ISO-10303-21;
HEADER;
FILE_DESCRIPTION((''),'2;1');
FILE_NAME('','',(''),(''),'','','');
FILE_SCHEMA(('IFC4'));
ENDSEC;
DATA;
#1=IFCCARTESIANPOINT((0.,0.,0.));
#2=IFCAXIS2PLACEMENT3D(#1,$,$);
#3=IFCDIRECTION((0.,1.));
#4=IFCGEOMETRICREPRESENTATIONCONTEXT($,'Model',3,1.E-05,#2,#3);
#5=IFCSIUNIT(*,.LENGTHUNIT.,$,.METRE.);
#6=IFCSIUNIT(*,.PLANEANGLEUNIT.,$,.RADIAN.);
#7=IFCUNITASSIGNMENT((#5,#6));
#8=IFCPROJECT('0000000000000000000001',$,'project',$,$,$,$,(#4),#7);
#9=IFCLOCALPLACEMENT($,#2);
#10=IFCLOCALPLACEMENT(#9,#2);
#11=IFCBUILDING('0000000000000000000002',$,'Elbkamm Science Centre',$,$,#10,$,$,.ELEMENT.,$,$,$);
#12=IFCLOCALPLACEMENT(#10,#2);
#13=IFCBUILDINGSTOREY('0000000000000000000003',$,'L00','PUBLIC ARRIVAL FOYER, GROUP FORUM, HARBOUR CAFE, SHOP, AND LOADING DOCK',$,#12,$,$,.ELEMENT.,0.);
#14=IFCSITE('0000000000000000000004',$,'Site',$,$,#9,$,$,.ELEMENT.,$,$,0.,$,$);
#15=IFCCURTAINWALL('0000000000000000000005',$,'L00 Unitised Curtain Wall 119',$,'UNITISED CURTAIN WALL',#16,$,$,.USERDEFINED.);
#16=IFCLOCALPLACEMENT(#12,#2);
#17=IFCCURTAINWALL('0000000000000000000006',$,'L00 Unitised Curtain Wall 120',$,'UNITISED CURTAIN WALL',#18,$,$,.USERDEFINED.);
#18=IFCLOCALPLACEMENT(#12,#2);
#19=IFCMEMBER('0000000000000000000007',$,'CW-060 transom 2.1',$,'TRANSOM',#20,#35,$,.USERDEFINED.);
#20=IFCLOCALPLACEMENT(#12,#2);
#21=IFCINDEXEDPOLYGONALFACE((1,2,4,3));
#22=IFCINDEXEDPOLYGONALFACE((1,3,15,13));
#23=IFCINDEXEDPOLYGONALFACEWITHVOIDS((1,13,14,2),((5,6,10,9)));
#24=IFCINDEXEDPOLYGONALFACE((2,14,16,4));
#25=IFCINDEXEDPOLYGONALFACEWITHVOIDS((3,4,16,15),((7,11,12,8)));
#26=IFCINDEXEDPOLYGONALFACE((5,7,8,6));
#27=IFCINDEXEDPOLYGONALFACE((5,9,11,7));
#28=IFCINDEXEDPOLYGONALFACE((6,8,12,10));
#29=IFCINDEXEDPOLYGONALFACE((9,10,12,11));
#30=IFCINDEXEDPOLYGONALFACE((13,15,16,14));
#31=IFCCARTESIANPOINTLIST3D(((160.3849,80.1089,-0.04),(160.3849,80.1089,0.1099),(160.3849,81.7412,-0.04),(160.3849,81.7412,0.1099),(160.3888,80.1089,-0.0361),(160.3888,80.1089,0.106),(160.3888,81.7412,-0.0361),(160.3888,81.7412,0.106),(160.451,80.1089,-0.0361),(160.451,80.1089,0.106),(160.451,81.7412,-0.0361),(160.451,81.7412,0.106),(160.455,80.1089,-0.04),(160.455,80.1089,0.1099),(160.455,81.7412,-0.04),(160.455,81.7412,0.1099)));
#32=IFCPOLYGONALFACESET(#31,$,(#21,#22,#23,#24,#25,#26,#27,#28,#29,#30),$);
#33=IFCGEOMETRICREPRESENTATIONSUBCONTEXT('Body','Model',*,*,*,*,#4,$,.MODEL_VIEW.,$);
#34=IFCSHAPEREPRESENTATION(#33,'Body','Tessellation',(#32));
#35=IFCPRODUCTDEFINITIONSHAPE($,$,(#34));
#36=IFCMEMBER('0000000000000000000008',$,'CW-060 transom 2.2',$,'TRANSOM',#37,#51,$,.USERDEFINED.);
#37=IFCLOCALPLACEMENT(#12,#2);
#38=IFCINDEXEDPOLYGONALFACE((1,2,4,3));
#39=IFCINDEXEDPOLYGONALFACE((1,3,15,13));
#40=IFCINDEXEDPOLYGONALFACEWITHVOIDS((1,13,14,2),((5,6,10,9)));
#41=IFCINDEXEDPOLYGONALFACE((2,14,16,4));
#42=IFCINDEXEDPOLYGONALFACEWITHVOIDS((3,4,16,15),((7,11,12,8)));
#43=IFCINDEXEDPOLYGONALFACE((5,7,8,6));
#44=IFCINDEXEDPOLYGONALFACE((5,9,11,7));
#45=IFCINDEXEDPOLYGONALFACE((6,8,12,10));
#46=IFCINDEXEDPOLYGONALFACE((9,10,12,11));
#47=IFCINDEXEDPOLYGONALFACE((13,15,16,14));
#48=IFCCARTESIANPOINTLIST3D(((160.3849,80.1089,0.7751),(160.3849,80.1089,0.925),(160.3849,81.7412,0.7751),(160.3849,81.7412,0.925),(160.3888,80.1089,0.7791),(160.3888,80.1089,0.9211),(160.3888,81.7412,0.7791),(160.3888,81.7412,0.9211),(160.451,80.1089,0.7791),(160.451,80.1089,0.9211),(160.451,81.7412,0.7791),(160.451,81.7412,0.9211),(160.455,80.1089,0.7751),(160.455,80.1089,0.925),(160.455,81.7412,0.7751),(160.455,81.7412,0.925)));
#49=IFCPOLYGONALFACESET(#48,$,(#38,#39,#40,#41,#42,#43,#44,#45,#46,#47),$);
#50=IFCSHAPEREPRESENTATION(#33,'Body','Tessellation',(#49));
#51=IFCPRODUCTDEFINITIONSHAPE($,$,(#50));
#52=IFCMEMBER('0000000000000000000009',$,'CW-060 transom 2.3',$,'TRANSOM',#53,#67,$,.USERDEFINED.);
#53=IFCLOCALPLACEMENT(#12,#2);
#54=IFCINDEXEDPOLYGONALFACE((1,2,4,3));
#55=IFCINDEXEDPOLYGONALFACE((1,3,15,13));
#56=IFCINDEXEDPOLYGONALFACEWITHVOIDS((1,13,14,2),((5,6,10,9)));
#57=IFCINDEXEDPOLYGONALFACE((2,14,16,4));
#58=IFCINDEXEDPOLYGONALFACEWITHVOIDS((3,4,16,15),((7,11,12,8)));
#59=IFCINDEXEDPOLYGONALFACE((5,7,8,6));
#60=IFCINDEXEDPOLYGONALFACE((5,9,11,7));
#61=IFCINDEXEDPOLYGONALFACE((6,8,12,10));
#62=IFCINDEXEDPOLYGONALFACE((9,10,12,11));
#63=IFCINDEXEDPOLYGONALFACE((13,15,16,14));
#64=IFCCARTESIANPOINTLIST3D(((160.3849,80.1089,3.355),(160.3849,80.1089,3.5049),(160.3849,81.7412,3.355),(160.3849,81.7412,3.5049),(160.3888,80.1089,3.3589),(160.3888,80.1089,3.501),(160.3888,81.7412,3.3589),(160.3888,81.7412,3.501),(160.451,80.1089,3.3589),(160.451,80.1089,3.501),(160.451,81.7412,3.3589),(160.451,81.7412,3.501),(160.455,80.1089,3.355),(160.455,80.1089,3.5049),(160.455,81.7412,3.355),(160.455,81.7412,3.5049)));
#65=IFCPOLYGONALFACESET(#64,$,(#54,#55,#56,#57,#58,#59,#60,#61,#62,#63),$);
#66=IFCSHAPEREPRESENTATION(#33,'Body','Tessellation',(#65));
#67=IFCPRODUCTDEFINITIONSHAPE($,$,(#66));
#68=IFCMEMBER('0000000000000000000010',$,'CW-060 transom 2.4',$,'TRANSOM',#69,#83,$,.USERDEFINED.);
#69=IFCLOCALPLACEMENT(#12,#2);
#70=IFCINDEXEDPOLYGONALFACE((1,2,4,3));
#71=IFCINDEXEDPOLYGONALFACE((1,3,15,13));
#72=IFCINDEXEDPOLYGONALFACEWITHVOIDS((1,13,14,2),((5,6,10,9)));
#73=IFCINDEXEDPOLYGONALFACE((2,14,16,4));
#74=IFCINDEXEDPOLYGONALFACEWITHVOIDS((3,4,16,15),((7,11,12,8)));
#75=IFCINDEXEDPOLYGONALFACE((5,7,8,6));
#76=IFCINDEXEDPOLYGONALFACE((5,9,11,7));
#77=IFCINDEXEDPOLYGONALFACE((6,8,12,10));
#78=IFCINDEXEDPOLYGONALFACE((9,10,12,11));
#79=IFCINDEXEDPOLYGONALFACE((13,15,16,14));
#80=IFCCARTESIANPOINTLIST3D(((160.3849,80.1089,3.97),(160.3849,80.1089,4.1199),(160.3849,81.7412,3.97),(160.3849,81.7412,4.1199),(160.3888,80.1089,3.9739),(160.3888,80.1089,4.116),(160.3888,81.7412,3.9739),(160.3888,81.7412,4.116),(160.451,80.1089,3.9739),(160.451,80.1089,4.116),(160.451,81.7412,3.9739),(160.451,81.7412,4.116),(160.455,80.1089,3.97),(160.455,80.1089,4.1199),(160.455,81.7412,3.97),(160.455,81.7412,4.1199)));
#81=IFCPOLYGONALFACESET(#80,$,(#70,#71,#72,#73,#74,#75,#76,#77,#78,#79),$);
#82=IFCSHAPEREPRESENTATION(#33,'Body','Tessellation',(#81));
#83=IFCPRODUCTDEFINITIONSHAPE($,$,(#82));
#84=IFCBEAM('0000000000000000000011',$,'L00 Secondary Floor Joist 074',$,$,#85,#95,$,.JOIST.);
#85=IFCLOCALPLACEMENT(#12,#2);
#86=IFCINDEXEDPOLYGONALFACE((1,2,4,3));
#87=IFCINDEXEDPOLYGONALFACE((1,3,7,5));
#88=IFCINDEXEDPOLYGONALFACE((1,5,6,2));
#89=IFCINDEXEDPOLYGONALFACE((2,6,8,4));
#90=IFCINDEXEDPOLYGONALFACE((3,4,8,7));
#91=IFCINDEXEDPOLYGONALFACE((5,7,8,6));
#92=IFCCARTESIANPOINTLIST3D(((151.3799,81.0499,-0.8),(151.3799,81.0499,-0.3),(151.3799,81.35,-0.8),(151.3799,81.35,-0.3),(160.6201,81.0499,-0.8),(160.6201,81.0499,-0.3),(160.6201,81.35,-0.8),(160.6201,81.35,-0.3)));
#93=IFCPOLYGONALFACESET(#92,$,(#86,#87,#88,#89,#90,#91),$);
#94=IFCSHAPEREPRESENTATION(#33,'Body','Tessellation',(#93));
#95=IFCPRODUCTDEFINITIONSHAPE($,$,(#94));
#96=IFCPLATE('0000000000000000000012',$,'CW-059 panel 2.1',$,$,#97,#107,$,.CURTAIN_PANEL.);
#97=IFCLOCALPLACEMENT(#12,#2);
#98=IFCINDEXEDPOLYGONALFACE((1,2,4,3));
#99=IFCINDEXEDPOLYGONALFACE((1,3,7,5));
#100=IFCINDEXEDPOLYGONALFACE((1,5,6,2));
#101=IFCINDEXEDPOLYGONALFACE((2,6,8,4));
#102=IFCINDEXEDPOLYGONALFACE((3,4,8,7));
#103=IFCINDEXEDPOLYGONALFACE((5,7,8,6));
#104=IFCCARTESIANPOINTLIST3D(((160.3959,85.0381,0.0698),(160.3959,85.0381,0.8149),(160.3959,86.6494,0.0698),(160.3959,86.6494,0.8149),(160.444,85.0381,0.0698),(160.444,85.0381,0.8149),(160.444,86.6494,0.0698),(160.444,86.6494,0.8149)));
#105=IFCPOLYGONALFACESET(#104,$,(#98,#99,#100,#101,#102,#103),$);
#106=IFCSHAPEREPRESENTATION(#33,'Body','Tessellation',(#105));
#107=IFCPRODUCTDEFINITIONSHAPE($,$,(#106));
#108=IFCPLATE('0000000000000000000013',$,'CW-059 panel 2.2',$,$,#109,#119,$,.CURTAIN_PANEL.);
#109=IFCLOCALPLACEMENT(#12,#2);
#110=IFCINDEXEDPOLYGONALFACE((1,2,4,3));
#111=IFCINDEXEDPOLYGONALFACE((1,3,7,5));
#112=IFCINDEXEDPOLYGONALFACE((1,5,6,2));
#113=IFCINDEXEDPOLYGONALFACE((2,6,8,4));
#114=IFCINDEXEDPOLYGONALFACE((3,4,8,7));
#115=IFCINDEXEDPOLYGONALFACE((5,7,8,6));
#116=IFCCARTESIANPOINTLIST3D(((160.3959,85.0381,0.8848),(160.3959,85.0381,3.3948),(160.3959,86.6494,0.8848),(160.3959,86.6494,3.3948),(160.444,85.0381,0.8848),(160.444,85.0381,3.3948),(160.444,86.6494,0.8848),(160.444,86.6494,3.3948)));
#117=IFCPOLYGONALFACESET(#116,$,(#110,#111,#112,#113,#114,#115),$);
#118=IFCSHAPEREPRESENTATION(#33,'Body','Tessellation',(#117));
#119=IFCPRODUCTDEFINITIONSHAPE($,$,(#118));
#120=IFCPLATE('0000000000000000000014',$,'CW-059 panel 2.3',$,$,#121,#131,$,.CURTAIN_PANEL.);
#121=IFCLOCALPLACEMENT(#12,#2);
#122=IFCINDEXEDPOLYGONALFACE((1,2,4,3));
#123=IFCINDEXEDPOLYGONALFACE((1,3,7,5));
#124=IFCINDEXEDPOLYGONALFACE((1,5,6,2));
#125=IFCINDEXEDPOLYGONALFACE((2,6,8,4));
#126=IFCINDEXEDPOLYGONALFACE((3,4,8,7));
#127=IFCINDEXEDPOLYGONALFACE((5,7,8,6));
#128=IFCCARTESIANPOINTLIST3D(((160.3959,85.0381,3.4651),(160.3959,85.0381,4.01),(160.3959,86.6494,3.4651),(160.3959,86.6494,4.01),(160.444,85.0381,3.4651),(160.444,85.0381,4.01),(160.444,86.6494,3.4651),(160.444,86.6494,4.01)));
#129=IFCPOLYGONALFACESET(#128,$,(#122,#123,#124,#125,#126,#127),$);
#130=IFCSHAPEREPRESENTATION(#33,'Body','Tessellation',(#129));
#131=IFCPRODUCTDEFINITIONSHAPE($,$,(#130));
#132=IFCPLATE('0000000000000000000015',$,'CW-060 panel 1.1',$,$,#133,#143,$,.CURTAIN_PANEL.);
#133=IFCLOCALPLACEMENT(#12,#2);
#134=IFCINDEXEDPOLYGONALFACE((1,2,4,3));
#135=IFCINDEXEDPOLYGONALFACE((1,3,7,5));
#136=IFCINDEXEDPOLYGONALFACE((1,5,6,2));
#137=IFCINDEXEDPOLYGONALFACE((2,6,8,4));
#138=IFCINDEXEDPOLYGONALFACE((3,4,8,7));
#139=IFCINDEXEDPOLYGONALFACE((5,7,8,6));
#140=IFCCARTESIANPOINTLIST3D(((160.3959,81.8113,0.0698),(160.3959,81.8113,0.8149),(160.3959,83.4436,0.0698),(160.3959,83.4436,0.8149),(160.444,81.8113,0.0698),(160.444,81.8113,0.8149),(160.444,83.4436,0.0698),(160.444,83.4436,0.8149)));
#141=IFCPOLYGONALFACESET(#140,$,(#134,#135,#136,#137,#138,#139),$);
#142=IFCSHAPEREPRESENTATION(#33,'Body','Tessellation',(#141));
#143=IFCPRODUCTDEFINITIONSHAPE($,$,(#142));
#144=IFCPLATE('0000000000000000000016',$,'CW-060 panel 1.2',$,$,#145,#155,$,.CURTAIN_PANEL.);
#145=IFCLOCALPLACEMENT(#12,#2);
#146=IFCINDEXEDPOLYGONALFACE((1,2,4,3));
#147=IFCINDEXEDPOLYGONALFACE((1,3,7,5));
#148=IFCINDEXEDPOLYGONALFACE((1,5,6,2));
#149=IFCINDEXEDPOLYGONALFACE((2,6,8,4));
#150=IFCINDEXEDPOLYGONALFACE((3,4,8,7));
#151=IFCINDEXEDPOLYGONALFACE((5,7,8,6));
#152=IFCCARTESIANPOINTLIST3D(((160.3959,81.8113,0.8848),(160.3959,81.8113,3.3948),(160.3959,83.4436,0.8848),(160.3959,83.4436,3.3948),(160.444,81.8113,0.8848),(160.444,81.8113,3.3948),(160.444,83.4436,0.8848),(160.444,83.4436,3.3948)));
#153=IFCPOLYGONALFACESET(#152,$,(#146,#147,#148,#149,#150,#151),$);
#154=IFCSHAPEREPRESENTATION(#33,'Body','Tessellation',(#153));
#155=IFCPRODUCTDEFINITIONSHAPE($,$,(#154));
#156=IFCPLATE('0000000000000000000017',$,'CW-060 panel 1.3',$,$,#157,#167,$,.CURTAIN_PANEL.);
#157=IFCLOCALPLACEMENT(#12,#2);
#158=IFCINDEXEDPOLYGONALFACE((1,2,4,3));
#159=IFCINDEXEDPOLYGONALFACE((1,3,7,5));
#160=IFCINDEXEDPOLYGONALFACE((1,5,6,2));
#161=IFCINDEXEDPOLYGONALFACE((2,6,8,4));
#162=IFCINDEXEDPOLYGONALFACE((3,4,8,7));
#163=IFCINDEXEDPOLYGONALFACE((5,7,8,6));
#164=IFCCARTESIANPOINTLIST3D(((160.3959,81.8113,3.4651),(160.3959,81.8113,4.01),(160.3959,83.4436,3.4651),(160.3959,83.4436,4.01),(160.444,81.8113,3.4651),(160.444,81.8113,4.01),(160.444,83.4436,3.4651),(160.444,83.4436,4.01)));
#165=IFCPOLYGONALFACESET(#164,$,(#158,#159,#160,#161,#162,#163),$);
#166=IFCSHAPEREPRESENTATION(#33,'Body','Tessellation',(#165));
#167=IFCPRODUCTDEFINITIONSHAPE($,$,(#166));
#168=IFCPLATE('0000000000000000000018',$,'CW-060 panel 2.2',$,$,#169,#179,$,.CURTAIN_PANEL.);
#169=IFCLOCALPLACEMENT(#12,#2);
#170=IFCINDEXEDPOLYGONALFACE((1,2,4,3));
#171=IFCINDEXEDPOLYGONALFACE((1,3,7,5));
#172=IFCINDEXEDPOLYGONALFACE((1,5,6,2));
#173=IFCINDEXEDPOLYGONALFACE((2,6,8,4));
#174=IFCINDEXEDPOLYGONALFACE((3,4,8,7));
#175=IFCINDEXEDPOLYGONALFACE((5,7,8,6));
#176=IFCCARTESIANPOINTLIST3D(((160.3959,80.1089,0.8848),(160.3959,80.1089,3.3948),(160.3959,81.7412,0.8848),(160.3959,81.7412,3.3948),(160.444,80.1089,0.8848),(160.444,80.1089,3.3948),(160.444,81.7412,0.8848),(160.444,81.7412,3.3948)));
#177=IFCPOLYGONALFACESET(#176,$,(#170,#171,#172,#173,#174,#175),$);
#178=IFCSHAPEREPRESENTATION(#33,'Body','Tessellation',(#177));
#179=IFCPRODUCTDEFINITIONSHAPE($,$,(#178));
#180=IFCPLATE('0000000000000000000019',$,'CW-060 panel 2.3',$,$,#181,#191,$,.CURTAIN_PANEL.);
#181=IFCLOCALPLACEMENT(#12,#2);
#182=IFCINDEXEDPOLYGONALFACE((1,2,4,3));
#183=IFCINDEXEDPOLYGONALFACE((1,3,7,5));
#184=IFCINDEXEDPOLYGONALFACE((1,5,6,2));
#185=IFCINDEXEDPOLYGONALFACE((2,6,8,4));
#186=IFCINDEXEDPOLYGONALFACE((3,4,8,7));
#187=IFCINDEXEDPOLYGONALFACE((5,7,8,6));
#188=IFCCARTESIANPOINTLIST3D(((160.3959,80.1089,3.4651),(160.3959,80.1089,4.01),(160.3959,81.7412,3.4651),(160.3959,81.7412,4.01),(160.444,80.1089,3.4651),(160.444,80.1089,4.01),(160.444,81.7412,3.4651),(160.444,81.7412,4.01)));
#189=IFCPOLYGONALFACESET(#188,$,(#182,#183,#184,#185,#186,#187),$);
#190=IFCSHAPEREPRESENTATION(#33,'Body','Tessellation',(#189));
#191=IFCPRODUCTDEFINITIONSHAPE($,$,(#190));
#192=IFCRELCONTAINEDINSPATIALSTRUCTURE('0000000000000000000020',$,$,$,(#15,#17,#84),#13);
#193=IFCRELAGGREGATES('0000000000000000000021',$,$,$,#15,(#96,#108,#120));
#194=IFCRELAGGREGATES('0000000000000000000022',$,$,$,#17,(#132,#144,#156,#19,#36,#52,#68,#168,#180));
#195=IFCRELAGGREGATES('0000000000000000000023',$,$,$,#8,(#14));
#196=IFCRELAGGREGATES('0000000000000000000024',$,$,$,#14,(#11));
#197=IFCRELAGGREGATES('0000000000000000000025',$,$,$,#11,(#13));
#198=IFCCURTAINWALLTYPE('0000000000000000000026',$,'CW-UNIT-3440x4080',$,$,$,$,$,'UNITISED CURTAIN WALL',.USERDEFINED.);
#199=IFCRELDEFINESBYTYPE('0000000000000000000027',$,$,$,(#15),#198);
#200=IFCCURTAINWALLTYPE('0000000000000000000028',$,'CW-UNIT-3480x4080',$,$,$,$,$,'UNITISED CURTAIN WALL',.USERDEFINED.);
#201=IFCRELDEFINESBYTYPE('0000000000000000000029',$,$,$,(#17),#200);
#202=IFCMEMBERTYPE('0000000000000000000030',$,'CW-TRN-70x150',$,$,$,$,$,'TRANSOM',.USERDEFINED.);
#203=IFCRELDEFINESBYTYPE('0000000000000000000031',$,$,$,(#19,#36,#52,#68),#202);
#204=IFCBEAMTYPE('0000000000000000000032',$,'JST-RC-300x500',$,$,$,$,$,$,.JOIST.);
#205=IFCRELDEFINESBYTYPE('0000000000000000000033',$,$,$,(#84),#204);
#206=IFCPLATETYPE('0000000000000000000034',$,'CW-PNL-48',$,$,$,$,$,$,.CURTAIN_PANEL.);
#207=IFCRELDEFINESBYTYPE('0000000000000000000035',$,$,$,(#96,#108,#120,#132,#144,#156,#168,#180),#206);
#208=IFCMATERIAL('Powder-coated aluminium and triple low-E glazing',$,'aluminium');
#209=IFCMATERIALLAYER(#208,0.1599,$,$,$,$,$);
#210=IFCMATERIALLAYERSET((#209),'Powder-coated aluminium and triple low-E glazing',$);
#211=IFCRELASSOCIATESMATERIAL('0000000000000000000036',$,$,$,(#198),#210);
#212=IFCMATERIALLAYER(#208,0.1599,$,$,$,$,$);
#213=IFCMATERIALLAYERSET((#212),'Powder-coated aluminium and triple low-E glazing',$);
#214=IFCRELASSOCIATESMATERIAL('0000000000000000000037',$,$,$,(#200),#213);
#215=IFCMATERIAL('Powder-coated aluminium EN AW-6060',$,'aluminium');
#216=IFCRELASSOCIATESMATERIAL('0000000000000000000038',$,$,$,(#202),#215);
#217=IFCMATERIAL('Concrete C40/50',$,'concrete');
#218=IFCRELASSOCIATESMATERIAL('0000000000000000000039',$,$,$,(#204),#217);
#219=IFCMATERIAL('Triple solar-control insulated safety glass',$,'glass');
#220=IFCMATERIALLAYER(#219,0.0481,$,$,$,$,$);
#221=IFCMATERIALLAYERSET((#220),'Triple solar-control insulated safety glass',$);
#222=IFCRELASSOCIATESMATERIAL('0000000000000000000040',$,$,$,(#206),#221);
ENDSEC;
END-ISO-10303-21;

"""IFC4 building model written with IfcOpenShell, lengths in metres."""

from ifc_helpers import new_model, si_unit, direction, frame, origin, origin_2d, place, context, subcontext, project, spatial, rectangle, hollow_rectangle, extrude, material, layer, layer_set, material_profile, profile_set, type_object, element, aggregate, save


model = new_model("IFC4")

# Units and contexts
model_context = context("Model", 3, precision=1e-05, world=origin(), true_north=direction((0.0, 1.0)))
body_context = subcontext(model_context, "Body", "Model", "MODEL_VIEW")
ifc_project = project(units=[si_unit("LENGTHUNIT", "METRE"), si_unit("PLANEANGLEUNIT", "RADIAN")], contexts=[model_context])

# Site, building, storey
site_placement = place(None, origin())
site = spatial("IfcSite", under=ifc_project, at=site_placement, Name="Site", CompositionType="ELEMENT", RefElevation=0.0)
building_placement = place(site_placement, origin())
building = spatial("IfcBuilding", under=site, at=building_placement, Name="Elbkamm Science Centre", CompositionType="ELEMENT")
storey_placement = place(building_placement, origin())
storey = spatial("IfcBuildingStorey", under=building, at=storey_placement, Name="L00", Description="PUBLIC ARRIVAL FOYER, GROUP FORUM, HARBOUR CAFE, SHOP, AND LOADING DOCK", CompositionType="ELEMENT", Elevation=0.0)

# Shared definitions
ifc_material_1 = material(Name="Concrete C40/50", Category="concrete")

# Curtain wall
ifc_material_2 = material(Name="Powder-coated aluminium and triple low-E glazing", Category="aluminium")
ifc_layer_1 = layer(ifc_material_2, 0.1599)
ifc_layer_set_1 = layer_set([ifc_layer_1], Name="Powder-coated aluminium and triple low-E glazing")
curtain_wall_type_1 = type_object("IfcCurtainWallType", Name="CW-UNIT-3440x4080", ElementType="UNITISED CURTAIN WALL", PredefinedType="USERDEFINED", material=ifc_layer_set_1)
curtain_wall_1_placement = place(storey_placement, origin())
curtain_wall_1 = element("IfcCurtainWall", 1, at=curtain_wall_1_placement, inside=storey, type_object=curtain_wall_type_1, Name="L00 Unitised Curtain Wall 119", ObjectType="UNITISED CURTAIN WALL", PredefinedType="USERDEFINED")
ifc_material_3 = material(Name="Powder-coated aluminium EN AW-6060", Category="aluminium")

# Curtain wall, members
ifc_layer_2 = layer(ifc_material_2, 0.1599)
ifc_layer_set_2 = layer_set([ifc_layer_2], Name="Powder-coated aluminium and triple low-E glazing")
curtain_wall_type_2 = type_object("IfcCurtainWallType", Name="CW-UNIT-3480x4080", ElementType="UNITISED CURTAIN WALL", PredefinedType="USERDEFINED", material=ifc_layer_set_2)
curtain_wall_2_placement = place(storey_placement, origin())
curtain_wall_2 = element("IfcCurtainWall", 2, at=curtain_wall_2_placement, inside=storey, type_object=curtain_wall_type_2, Name="L00 Unitised Curtain Wall 120", ObjectType="UNITISED CURTAIN WALL", PredefinedType="USERDEFINED")
ifc_material_profile_1 = material_profile(ifc_material_3, hollow_rectangle(XDim=0.0701, YDim=0.1499, WallThickness=0.0039, at=origin_2d()), Name="ALU T70x150")
ifc_profile_set_1 = profile_set([ifc_material_profile_1], Name="Powder-coated aluminium EN AW-6060")
member_type_1 = type_object("IfcMemberType", Name="CW-TRN-70x150", ElementType="TRANSOM", PredefinedType="USERDEFINED", material=ifc_profile_set_1)
member_1_placement = place(storey_placement, frame((160.4199, 81.7412, 0.0349), z_axis=(0.0, -1.0, 0.0), x_axis=(1.0, 0.0, 0.0)))
member_1 = element("IfcMember", 3, at=member_1_placement, type_object=member_type_1, Name="CW-060 transom 2.1", ObjectType="TRANSOM", PredefinedType="USERDEFINED", context=body_context, shape_type="SweptSolid", body=[
    extrude(hollow_rectangle(XDim=0.0701, YDim=0.1499, WallThickness=0.0039, at=origin_2d()), origin(), (0.0, 0.0, 1.0), 1.6323),
])
member_2_placement = place(storey_placement, frame((160.4199, 81.7412, 0.8501), z_axis=(0.0, -1.0, 0.0), x_axis=(1.0, 0.0, 0.0)))
member_2 = element("IfcMember", 4, at=member_2_placement, type_object=member_type_1, Name="CW-060 transom 2.2", ObjectType="TRANSOM", PredefinedType="USERDEFINED", context=body_context, shape_type="SweptSolid", body=[
    extrude(hollow_rectangle(XDim=0.0701, YDim=0.1499, WallThickness=0.0039, at=origin_2d()), origin(), (0.0, 0.0, 1.0), 1.6323),
])
member_3_placement = place(storey_placement, frame((160.4199, 81.7412, 3.4299), z_axis=(0.0, -1.0, 0.0), x_axis=(1.0, 0.0, 0.0)))
member_3 = element("IfcMember", 5, at=member_3_placement, type_object=member_type_1, Name="CW-060 transom 2.3", ObjectType="TRANSOM", PredefinedType="USERDEFINED", context=body_context, shape_type="SweptSolid", body=[
    extrude(hollow_rectangle(XDim=0.0701, YDim=0.1499, WallThickness=0.0039, at=origin_2d()), origin(), (0.0, 0.0, 1.0), 1.6323),
])
member_4_placement = place(storey_placement, frame((160.4199, 81.7412, 4.0449), z_axis=(0.0, -1.0, 0.0), x_axis=(1.0, 0.0, 0.0)))
member_4 = element("IfcMember", 6, at=member_4_placement, type_object=member_type_1, Name="CW-060 transom 2.4", ObjectType="TRANSOM", PredefinedType="USERDEFINED", context=body_context, shape_type="SweptSolid", body=[
    extrude(hollow_rectangle(XDim=0.0701, YDim=0.1499, WallThickness=0.0039, at=origin_2d()), origin(), (0.0, 0.0, 1.0), 1.6323),
])

# Beam
ifc_material_profile_2 = material_profile(ifc_material_1, rectangle(XDim=0.3, YDim=0.5, at=origin_2d()), Name="RC 300x500")
ifc_profile_set_2 = profile_set([ifc_material_profile_2], Name="Concrete C40/50")
beam_type_1 = type_object("IfcBeamType", Name="JST-RC-300x500", PredefinedType="JOIST", material=ifc_profile_set_2)
beam_1_placement = place(storey_placement, frame((151.3799, 81.2, -0.55), z_axis=(1.0, 0.0, 0.0), x_axis=(0.0, 1.0, 0.0)))
element("IfcBeam", 7, at=beam_1_placement, inside=storey, type_object=beam_type_1, Name="L00 Secondary Floor Joist 074", PredefinedType="JOIST", context=body_context, shape_type="SweptSolid", body=[
    extrude(rectangle(XDim=0.3, YDim=0.5, at=origin_2d()), origin(), (0.0, 0.0, 1.0), 9.2402),
])

# Plates
ifc_material_4 = material(Name="Triple solar-control insulated safety glass", Category="glass")
ifc_layer_3 = layer(ifc_material_4, 0.0481)
ifc_layer_set_3 = layer_set([ifc_layer_3], Name="Triple solar-control insulated safety glass")
plate_type = type_object("IfcPlateType", Name="CW-PNL-48", PredefinedType="CURTAIN_PANEL", material=ifc_layer_set_3)
plate_1_placement = place(storey_placement, frame((160.4199, 85.8438, 0.0698), z_axis=(0.0, 0.0, 1.0), x_axis=(0.0, -1.0, 0.0)))
plate_1 = element("IfcPlate", 8, at=plate_1_placement, type_object=plate_type, Name="CW-059 panel 2.1", PredefinedType="CURTAIN_PANEL", context=body_context, shape_type="SweptSolid", body=[
    extrude(rectangle(XDim=1.6113, YDim=0.0481, at=origin_2d()), origin(), (0.0, 0.0, 1.0), 0.7451),
])
plate_2_placement = place(storey_placement, frame((160.4199, 85.8438, 0.8848), z_axis=(0.0, 0.0, 1.0), x_axis=(0.0, -1.0, 0.0)))
plate_2 = element("IfcPlate", 9, at=plate_2_placement, type_object=plate_type, Name="CW-059 panel 2.2", PredefinedType="CURTAIN_PANEL", context=body_context, shape_type="SweptSolid", body=[
    extrude(rectangle(XDim=1.6113, YDim=0.0481, at=origin_2d()), origin(), (0.0, 0.0, 1.0), 2.51),
])
plate_3_placement = place(storey_placement, frame((160.4199, 85.8438, 3.4651), z_axis=(0.0, 0.0, 1.0), x_axis=(0.0, -1.0, 0.0)))
plate_3 = element("IfcPlate", 10, at=plate_3_placement, type_object=plate_type, Name="CW-059 panel 2.3", PredefinedType="CURTAIN_PANEL", context=body_context, shape_type="SweptSolid", body=[
    extrude(rectangle(XDim=1.6113, YDim=0.0481, at=origin_2d()), origin(), (0.0, 0.0, 1.0), 0.5449),
])
aggregate(curtain_wall_1, [plate_1, plate_2, plate_3])
plate_4_placement = place(storey_placement, frame((160.4199, 82.6274, 0.0698), z_axis=(0.0, 0.0, 1.0), x_axis=(0.0, -1.0, 0.0)))
plate_4 = element("IfcPlate", 11, at=plate_4_placement, type_object=plate_type, Name="CW-060 panel 1.1", PredefinedType="CURTAIN_PANEL", context=body_context, shape_type="SweptSolid", body=[
    extrude(rectangle(XDim=1.6323, YDim=0.0481, at=origin_2d()), origin(), (0.0, 0.0, 1.0), 0.7451),
])
plate_5_placement = place(storey_placement, frame((160.4199, 82.6274, 0.8848), z_axis=(0.0, 0.0, 1.0), x_axis=(0.0, -1.0, 0.0)))
plate_5 = element("IfcPlate", 12, at=plate_5_placement, type_object=plate_type, Name="CW-060 panel 1.2", PredefinedType="CURTAIN_PANEL", context=body_context, shape_type="SweptSolid", body=[
    extrude(rectangle(XDim=1.6323, YDim=0.0481, at=origin_2d()), origin(), (0.0, 0.0, 1.0), 2.51),
])
plate_6_placement = place(storey_placement, frame((160.4199, 82.6274, 3.4651), z_axis=(0.0, 0.0, 1.0), x_axis=(0.0, -1.0, 0.0)))
plate_6 = element("IfcPlate", 13, at=plate_6_placement, type_object=plate_type, Name="CW-060 panel 1.3", PredefinedType="CURTAIN_PANEL", context=body_context, shape_type="SweptSolid", body=[
    extrude(rectangle(XDim=1.6323, YDim=0.0481, at=origin_2d()), origin(), (0.0, 0.0, 1.0), 0.5449),
])
plate_7_placement = place(storey_placement, frame((160.4199, 80.925, 0.8848), z_axis=(0.0, 0.0, 1.0), x_axis=(0.0, -1.0, 0.0)))
plate_7 = element("IfcPlate", 14, at=plate_7_placement, type_object=plate_type, Name="CW-060 panel 2.2", PredefinedType="CURTAIN_PANEL", context=body_context, shape_type="SweptSolid", body=[
    extrude(rectangle(XDim=1.6323, YDim=0.0481, at=origin_2d()), origin(), (0.0, 0.0, 1.0), 2.51),
])
plate_8_placement = place(storey_placement, frame((160.4199, 80.925, 3.4651), z_axis=(0.0, 0.0, 1.0), x_axis=(0.0, -1.0, 0.0)))
plate_8 = element("IfcPlate", 15, at=plate_8_placement, type_object=plate_type, Name="CW-060 panel 2.3", PredefinedType="CURTAIN_PANEL", context=body_context, shape_type="SweptSolid", body=[
    extrude(rectangle(XDim=1.6323, YDim=0.0481, at=origin_2d()), origin(), (0.0, 0.0, 1.0), 0.5449),
])
aggregate(curtain_wall_2, [plate_4, plate_5, plate_6, member_1, member_2, member_3, member_4, plate_7, plate_8])

save(model, "model.ifc")
